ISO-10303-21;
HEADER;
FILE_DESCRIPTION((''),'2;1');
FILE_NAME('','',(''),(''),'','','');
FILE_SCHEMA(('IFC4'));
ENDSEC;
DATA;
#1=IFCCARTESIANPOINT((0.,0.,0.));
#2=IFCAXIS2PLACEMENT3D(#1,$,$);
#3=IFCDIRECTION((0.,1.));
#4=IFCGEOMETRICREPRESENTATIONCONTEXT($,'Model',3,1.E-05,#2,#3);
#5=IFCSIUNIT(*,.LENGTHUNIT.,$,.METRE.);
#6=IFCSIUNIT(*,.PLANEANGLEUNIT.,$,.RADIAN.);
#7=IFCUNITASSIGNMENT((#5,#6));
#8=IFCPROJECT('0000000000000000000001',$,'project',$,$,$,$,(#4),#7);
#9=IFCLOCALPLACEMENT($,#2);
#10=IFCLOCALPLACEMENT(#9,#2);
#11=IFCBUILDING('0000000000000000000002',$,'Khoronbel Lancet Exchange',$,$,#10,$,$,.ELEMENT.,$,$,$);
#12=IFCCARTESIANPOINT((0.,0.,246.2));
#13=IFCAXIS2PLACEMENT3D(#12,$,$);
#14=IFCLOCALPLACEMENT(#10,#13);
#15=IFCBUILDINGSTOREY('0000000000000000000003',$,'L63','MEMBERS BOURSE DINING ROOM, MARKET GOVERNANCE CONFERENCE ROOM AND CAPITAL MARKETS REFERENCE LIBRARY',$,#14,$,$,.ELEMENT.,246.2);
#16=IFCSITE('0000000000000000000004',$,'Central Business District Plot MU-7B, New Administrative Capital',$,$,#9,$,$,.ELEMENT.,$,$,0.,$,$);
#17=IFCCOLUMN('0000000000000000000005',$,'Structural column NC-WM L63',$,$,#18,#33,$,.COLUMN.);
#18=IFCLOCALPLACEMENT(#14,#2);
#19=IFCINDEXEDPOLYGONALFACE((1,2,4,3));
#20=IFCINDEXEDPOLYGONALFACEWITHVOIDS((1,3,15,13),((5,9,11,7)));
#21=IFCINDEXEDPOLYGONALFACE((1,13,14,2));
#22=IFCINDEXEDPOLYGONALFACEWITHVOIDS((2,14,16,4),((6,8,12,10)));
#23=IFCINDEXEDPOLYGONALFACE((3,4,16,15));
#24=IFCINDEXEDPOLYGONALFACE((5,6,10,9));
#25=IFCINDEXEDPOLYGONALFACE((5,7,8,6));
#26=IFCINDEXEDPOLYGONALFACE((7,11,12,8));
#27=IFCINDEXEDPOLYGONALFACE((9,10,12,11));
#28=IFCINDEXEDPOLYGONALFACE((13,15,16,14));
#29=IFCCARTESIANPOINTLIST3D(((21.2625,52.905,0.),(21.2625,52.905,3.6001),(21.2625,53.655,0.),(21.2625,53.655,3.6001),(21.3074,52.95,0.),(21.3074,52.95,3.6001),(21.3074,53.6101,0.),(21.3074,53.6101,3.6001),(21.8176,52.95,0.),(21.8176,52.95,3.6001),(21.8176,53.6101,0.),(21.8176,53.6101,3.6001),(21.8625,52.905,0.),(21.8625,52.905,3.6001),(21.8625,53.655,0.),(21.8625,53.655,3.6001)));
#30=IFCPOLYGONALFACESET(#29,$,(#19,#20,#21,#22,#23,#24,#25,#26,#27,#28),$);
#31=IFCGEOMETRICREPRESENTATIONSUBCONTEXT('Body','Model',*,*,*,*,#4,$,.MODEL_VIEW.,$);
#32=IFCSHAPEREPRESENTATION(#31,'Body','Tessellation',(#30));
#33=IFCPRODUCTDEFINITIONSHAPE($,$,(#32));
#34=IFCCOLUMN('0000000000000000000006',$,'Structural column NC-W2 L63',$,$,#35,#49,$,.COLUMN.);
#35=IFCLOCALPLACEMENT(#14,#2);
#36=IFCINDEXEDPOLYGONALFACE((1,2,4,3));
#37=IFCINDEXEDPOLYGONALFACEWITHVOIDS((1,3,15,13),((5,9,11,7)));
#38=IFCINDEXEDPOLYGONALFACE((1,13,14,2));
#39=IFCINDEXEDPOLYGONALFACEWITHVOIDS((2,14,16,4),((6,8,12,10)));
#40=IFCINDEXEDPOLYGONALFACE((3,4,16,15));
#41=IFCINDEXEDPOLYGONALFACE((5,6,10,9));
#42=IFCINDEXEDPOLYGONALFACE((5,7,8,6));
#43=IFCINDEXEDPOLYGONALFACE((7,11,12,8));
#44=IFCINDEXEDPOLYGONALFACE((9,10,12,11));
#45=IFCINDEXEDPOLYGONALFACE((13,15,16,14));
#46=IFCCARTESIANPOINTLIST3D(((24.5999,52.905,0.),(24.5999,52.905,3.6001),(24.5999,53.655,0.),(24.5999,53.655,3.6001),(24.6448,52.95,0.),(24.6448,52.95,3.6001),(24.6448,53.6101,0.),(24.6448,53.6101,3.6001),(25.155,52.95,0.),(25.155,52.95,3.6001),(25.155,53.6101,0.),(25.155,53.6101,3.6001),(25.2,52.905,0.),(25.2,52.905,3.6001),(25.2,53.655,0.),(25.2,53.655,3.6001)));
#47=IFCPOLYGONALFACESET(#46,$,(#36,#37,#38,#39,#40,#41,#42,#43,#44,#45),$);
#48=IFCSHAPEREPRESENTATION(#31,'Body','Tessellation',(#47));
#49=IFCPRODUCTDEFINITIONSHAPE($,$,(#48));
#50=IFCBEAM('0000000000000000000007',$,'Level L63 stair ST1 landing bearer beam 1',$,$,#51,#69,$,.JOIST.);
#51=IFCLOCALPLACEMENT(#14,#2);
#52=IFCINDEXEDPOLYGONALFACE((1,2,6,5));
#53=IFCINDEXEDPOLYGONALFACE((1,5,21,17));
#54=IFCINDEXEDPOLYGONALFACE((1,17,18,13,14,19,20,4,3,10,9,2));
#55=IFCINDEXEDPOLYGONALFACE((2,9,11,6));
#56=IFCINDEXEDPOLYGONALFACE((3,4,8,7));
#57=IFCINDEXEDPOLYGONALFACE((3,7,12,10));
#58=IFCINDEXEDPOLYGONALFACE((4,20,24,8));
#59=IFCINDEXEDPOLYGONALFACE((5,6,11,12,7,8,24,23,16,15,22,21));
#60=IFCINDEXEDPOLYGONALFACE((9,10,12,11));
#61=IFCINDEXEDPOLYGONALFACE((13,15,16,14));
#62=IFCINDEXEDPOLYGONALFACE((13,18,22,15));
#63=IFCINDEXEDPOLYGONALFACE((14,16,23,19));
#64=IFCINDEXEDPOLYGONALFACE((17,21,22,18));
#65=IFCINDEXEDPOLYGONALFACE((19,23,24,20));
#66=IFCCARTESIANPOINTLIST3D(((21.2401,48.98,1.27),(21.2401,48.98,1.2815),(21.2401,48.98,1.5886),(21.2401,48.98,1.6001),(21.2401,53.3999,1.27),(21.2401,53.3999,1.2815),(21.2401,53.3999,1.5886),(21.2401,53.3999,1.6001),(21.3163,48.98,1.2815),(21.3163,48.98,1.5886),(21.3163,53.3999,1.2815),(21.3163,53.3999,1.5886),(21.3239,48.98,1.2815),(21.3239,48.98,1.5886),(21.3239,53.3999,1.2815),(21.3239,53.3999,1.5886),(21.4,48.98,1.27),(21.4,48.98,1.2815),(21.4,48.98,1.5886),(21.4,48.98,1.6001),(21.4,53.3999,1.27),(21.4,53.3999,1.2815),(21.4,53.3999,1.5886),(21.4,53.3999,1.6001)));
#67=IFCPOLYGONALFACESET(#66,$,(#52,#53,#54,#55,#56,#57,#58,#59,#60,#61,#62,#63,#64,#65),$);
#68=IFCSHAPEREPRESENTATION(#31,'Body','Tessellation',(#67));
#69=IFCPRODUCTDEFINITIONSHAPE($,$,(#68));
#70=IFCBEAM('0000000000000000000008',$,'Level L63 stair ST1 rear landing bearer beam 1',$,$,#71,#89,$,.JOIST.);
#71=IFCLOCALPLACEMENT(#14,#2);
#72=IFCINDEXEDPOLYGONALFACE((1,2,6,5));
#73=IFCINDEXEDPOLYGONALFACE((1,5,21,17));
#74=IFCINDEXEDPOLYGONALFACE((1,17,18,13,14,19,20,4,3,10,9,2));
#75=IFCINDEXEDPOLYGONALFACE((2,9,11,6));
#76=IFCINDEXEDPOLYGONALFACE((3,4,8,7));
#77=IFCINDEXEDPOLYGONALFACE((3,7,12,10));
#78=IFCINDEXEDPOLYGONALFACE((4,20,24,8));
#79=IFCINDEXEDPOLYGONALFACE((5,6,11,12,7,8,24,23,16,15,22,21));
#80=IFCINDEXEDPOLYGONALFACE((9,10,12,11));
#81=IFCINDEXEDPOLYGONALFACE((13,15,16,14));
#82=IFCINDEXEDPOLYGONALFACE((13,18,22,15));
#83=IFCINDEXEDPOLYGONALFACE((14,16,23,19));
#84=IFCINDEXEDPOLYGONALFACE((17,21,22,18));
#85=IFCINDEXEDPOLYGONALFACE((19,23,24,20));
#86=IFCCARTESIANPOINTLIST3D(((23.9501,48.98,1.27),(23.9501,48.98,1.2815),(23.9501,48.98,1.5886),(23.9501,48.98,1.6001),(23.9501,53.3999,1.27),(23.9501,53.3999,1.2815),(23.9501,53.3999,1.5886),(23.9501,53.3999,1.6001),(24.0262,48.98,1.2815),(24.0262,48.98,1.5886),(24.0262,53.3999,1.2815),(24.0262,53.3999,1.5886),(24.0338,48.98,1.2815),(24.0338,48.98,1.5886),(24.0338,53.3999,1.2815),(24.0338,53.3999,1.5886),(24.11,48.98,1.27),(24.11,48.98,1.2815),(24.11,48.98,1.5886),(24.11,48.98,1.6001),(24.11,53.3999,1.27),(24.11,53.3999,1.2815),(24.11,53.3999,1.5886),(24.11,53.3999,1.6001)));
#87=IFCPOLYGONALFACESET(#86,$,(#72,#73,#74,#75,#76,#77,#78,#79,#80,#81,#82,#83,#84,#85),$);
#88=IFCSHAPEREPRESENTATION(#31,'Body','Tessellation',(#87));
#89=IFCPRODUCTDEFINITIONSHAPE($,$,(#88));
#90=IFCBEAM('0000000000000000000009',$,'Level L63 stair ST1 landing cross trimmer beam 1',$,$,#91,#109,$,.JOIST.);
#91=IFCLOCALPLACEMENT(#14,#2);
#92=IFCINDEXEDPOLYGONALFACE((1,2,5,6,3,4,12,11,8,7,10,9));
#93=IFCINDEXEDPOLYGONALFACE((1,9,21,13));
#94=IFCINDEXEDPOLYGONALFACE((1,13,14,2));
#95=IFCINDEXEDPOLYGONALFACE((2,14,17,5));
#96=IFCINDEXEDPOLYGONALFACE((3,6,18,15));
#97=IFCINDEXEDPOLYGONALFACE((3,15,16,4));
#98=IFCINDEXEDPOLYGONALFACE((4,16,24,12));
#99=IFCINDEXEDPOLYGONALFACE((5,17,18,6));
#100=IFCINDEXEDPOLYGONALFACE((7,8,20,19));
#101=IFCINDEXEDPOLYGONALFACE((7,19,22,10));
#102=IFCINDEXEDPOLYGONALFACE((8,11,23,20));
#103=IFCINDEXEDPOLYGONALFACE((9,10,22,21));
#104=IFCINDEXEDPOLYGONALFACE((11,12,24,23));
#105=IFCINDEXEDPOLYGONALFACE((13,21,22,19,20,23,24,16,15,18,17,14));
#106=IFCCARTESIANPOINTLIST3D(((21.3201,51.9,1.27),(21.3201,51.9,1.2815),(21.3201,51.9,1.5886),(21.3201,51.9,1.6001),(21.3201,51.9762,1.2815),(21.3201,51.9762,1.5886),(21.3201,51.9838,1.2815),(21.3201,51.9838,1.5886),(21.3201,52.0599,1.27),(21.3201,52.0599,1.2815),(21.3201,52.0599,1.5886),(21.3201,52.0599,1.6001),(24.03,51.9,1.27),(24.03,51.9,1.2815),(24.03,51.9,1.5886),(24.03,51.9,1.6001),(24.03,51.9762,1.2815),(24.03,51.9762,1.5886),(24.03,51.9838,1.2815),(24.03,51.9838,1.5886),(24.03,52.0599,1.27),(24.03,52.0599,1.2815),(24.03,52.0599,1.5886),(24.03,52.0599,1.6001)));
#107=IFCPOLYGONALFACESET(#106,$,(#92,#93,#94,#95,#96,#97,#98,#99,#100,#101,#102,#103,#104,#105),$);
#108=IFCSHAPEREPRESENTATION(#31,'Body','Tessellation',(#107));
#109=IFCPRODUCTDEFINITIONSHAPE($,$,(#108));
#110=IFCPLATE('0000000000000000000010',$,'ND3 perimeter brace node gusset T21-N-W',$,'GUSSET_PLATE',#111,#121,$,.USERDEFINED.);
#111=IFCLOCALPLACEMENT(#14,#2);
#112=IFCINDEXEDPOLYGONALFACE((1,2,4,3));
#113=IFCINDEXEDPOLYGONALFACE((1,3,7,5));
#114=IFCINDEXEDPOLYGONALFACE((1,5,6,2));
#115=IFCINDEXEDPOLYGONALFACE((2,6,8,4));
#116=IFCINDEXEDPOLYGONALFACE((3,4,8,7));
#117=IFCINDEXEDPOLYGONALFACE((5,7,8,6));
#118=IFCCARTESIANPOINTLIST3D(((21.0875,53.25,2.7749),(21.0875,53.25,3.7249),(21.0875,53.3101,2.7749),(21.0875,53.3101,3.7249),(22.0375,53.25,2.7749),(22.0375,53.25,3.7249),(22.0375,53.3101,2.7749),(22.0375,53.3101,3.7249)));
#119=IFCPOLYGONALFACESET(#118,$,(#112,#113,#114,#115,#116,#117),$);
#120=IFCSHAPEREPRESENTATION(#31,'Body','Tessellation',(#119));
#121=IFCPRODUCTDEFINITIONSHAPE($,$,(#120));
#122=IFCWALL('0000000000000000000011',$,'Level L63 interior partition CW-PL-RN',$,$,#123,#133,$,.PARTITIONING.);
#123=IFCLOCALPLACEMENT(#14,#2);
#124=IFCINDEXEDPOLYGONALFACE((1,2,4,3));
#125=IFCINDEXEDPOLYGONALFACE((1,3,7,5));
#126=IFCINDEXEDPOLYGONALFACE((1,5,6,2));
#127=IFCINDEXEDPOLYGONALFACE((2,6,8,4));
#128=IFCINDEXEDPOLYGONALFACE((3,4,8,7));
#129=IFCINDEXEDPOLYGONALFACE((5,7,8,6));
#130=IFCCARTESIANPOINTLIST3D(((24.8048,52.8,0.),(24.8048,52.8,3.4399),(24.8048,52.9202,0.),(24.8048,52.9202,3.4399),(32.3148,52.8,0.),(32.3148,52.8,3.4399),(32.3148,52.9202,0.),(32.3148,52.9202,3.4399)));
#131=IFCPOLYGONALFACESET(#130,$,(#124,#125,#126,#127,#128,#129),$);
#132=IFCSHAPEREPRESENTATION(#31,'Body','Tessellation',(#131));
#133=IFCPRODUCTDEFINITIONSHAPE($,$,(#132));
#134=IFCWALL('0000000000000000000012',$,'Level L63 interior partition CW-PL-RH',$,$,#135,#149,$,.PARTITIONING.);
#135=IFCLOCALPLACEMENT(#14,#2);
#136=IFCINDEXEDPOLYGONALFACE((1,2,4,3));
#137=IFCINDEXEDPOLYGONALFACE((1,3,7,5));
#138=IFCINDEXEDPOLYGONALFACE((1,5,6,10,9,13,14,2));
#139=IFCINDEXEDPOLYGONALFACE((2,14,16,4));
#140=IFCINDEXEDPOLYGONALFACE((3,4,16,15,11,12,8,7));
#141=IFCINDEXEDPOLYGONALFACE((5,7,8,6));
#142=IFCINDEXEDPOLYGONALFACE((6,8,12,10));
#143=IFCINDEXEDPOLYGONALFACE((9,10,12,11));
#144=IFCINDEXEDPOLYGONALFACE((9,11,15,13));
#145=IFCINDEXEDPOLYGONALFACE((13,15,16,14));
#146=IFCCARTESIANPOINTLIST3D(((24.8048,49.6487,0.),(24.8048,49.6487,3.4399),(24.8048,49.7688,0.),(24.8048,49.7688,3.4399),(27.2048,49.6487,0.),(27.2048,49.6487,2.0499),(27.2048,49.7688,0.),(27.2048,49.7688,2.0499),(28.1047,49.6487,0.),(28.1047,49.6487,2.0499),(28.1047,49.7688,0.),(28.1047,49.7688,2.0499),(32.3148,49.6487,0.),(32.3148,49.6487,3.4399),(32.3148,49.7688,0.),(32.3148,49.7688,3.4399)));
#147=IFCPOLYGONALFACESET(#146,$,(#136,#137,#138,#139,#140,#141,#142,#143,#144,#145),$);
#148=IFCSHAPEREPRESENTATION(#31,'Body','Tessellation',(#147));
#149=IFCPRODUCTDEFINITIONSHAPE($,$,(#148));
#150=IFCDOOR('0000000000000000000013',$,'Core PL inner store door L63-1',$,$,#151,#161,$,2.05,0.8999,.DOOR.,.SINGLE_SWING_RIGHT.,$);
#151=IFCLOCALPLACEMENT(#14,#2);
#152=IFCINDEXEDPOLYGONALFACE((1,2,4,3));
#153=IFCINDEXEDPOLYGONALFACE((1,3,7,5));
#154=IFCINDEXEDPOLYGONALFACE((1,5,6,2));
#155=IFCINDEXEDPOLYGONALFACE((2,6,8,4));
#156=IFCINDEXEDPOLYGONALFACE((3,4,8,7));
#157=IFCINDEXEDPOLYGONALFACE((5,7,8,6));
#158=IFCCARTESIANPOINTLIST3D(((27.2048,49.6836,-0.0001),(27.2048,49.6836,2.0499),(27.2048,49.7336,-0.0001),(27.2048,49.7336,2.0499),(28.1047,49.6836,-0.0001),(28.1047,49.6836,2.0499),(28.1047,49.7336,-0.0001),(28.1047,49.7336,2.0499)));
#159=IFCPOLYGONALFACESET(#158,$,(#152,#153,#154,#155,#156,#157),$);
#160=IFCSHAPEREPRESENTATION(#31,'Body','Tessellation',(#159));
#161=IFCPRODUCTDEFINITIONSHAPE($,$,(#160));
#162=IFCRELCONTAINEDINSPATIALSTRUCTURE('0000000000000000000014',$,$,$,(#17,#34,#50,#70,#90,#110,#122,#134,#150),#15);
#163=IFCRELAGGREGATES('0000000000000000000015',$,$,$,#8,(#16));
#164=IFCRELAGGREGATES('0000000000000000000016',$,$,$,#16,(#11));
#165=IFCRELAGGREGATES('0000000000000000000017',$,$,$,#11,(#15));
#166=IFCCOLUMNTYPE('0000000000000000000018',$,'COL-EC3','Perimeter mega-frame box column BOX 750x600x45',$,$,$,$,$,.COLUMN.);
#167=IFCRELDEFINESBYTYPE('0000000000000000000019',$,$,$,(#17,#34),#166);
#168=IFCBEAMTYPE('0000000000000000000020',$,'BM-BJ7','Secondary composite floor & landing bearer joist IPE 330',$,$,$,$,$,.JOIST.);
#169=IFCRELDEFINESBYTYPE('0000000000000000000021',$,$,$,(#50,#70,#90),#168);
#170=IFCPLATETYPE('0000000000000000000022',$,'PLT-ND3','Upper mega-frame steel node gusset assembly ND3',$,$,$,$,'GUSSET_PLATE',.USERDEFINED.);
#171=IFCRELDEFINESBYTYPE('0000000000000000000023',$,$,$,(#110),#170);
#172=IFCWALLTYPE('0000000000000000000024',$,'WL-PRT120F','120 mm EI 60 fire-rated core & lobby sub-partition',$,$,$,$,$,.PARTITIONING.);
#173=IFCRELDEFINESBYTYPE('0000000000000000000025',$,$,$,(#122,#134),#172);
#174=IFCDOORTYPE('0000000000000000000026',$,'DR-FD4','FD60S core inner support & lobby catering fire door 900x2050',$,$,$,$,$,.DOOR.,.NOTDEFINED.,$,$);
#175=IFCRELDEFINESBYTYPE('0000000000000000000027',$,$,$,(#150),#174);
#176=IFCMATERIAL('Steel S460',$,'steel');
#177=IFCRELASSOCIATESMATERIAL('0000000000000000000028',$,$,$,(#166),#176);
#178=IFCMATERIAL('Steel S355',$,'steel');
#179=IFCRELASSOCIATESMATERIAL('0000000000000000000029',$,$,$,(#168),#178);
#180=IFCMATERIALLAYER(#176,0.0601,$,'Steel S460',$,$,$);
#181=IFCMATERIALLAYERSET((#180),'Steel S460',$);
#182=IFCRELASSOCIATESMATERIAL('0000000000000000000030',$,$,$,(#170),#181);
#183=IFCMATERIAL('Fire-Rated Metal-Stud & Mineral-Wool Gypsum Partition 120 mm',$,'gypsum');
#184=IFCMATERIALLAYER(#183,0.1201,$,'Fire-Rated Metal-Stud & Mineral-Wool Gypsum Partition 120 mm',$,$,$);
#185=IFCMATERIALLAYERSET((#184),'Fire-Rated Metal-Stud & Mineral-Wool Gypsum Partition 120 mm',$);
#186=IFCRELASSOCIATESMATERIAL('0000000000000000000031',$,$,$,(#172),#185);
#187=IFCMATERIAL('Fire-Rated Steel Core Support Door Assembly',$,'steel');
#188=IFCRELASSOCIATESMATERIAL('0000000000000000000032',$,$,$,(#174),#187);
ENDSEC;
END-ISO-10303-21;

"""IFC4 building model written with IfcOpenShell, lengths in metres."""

from ifc_helpers import new_model, si_unit, direction, frame, frame_2d, origin, origin_2d, place, context, subcontext, project, spatial, rectangle, hollow_rectangle, i_section, extrude, material, layer, layer_set, material_profile, profile_set, type_object, element, fill, save


model = new_model("IFC4")

# Units and contexts
model_context = context("Model", 3, precision=1e-05, world=origin(), true_north=direction((0.0, 1.0)))
body_context = subcontext(model_context, "Body", "Model", "MODEL_VIEW")
ifc_project = project(units=[si_unit("LENGTHUNIT", "METRE"), si_unit("PLANEANGLEUNIT", "RADIAN")], contexts=[model_context])

# Site, building, storey
site_placement = place(None, origin())
site = spatial("IfcSite", under=ifc_project, at=site_placement, Name="Central Business District Plot MU-7B, New Administrative Capital", CompositionType="ELEMENT", RefElevation=0.0)
building_placement = place(site_placement, origin())
building = spatial("IfcBuilding", under=site, at=building_placement, Name="Khoronbel Lancet Exchange", CompositionType="ELEMENT")
storey_placement = place(building_placement, frame((0.0, 0.0, 246.2)))
storey = spatial("IfcBuildingStorey", under=building, at=storey_placement, Name="L63", Description="MEMBERS BOURSE DINING ROOM, MARKET GOVERNANCE CONFERENCE ROOM AND CAPITAL MARKETS REFERENCE LIBRARY", CompositionType="ELEMENT", Elevation=246.2)

# Columns
ifc_material_1 = material(Name="Steel S460", Category="steel")
ifc_material_profile_1 = material_profile(ifc_material_1, hollow_rectangle(XDim=0.6001, YDim=0.75, WallThickness=0.0449, at=origin_2d()), Name="BOX 750x600x45")
ifc_profile_set_1 = profile_set([ifc_material_profile_1], Name="Steel S460")
column_type = type_object("IfcColumnType", Name="COL-EC3", Description="Perimeter mega-frame box column BOX 750x600x45", PredefinedType="COLUMN", material=ifc_profile_set_1)
for number, where, z_axis, x_axis, name in (
    (1, (21.5625, 53.28, 0.0), (0.0, 0.0, 1.0), (1.0, 0.0, 0.0), "Structural column NC-WM L63"),
    (2, (24.8999, 53.28, 0.0), (0.0, 0.0, 1.0), (1.0, 0.0, 0.0), "Structural column NC-W2 L63"),
):
    element("IfcColumn", number, at=place(storey_placement, frame(where, z_axis=z_axis, x_axis=x_axis)), inside=storey, type_object=column_type, Name=name, PredefinedType="COLUMN", context=body_context, shape_type="SweptSolid", body=[
        extrude(hollow_rectangle(XDim=0.6001, YDim=0.75, WallThickness=0.0449, at=origin_2d()), origin(), (0.0, 0.0, 1.0), 3.6001),
    ])

# Beams
ifc_material_2 = material(Name="Steel S355", Category="steel")
ifc_material_profile_2 = material_profile(ifc_material_2, i_section(OverallWidth=0.1599, OverallDepth=0.3301, WebThickness=0.0076, FlangeThickness=0.0115, at=origin_2d()), Name="IPE 330")
ifc_profile_set_2 = profile_set([ifc_material_profile_2], Name="Steel S355")
beam_type = type_object("IfcBeamType", Name="BM-BJ7", Description="Secondary composite floor & landing bearer joist IPE 330", PredefinedType="JOIST", material=ifc_profile_set_2)
for number, where, z_axis, x_axis, name in (
    (3, (21.3201, 48.98, 1.4351), (0.0, 1.0, 0.0), (-1.0, 0.0, 0.0), "Level L63 stair ST1 landing bearer beam 1"),
    (4, (24.03, 48.98, 1.4351), (0.0, 1.0, 0.0), (-1.0, 0.0, 0.0), "Level L63 stair ST1 rear landing bearer beam 1"),
):
    element("IfcBeam", number, at=place(storey_placement, frame(where, z_axis=z_axis, x_axis=x_axis)), inside=storey, type_object=beam_type, Name=name, PredefinedType="JOIST", context=body_context, shape_type="SweptSolid", body=[
        extrude(i_section(OverallWidth=0.1599, OverallDepth=0.3301, WebThickness=0.0076, FlangeThickness=0.0115, at=origin_2d()), origin(), (0.0, 0.0, 1.0), 4.4199),
    ])
beam_placement = place(storey_placement, frame((21.3201, 51.98, 1.4351), z_axis=(1.0, 0.0, 0.0), x_axis=(0.0, 1.0, 0.0)))
element("IfcBeam", 5, at=beam_placement, inside=storey, type_object=beam_type, Name="Level L63 stair ST1 landing cross trimmer beam 1", PredefinedType="JOIST", context=body_context, shape_type="SweptSolid", body=[
    extrude(i_section(OverallWidth=0.1599, OverallDepth=0.3301, WebThickness=0.0076, FlangeThickness=0.0115, at=origin_2d()), origin(), (0.0, 0.0, 1.0), 2.71),
])

# Plate
ifc_layer_1 = layer(ifc_material_1, 0.0601, Name="Steel S460")
ifc_layer_set_1 = layer_set([ifc_layer_1], Name="Steel S460")
plate_type = type_object("IfcPlateType", Name="PLT-ND3", Description="Upper mega-frame steel node gusset assembly ND3", ElementType="GUSSET_PLATE", PredefinedType="USERDEFINED", material=ifc_layer_set_1)
plate_placement = place(storey_placement, frame((21.5625, 53.28, 2.7749), z_axis=(0.0, 0.0, 1.0), x_axis=(1.0, 0.0, 0.0)))
element("IfcPlate", 6, at=plate_placement, inside=storey, type_object=plate_type, Name="ND3 perimeter brace node gusset T21-N-W", ObjectType="GUSSET_PLATE", PredefinedType="USERDEFINED", context=body_context, shape_type="SweptSolid", body=[
    extrude(rectangle(XDim=0.95, YDim=0.0601, at=origin_2d()), origin(), (0.0, 0.0, 1.0), 0.95),
])

# Wall
ifc_material_3 = material(Name="Fire-Rated Metal-Stud & Mineral-Wool Gypsum Partition 120 mm", Category="gypsum")
ifc_layer_2 = layer(ifc_material_3, 0.1201, Name="Fire-Rated Metal-Stud & Mineral-Wool Gypsum Partition 120 mm")
ifc_layer_set_2 = layer_set([ifc_layer_2], Name="Fire-Rated Metal-Stud & Mineral-Wool Gypsum Partition 120 mm")
wall_type_1 = type_object("IfcWallType", Name="WL-PRT120F", Description="120 mm EI 60 fire-rated core & lobby sub-partition", PredefinedType="PARTITIONING", material=ifc_layer_set_2)
wall_1_placement = place(storey_placement, frame((24.8049, 52.8601, 0.0), z_axis=(0.0, 0.0, 1.0), x_axis=(1.0, 0.0, 0.0)))
element("IfcWall", 7, at=wall_1_placement, inside=storey, type_object=wall_type_1, Name="Level L63 interior partition CW-PL-RN", PredefinedType="PARTITIONING", context=body_context, shape_type="SweptSolid", body=[
    extrude(rectangle(XDim=7.51, YDim=0.1201, at=frame_2d((3.7549, 0.0))), origin(), (0.0, 0.0, 1.0), 3.4399),
])

# Wall, opening, door
wall_2_placement = place(storey_placement, frame((24.8049, 49.7087, 0.0), z_axis=(0.0, 0.0, 1.0), x_axis=(1.0, 0.0, 0.0)))
wall_2 = element("IfcWall", 8, at=wall_2_placement, inside=storey, type_object=wall_type_1, Name="Level L63 interior partition CW-PL-RH", PredefinedType="PARTITIONING", context=body_context, shape_type="SweptSolid", body=[
    extrude(rectangle(XDim=7.51, YDim=0.1201, at=frame_2d((3.7549, 0.0))), origin(), (0.0, 0.0, 1.0), 3.4399),
])
opening_1_placement = place(wall_2_placement, frame((2.3999, 0.0, 0.0)))
opening_1 = element("IfcOpeningElement", 9, at=opening_1_placement, cuts=wall_2, PredefinedType="OPENING", context=body_context, shape_type="SweptSolid", body=[
    extrude(rectangle(XDim=0.8999, YDim=2.05, at=frame_2d((0.45, 1.0249))), frame((0.0, 0.0701, 0.0), z_axis=(0.0, -1.0, 0.0), x_axis=(1.0, 0.0, 0.0)), (0.0, 0.0, 1.0), 0.1401),
])
ifc_material_4 = material(Name="Fire-Rated Steel Core Support Door Assembly", Category="steel")
door_type_1 = type_object("IfcDoorType", Name="DR-FD4", Description="FD60S core inner support & lobby catering fire door 900x2050", OperationType="NOTDEFINED", PredefinedType="DOOR", material=ifc_material_4)
door_1_placement = place(opening_1_placement, origin())
door_1 = element("IfcDoor", 10, at=door_1_placement, inside=storey, type_object=door_type_1, Name="Core PL inner store door L63-1", OperationType="SINGLE_SWING_RIGHT", OverallHeight=2.05, OverallWidth=0.8999, PredefinedType="DOOR", context=body_context, shape_type="SweptSolid", body=[
    extrude(rectangle(XDim=0.8999, YDim=2.05, at=frame_2d((0.45, 1.0249))), frame((0.0, 0.0249, 0.0), z_axis=(0.0, -1.0, 0.0), x_axis=(1.0, 0.0, 0.0)), (0.0, 0.0, 1.0), 0.05),
])
fill(opening_1, door_1)

save(model, "model.ifc")
